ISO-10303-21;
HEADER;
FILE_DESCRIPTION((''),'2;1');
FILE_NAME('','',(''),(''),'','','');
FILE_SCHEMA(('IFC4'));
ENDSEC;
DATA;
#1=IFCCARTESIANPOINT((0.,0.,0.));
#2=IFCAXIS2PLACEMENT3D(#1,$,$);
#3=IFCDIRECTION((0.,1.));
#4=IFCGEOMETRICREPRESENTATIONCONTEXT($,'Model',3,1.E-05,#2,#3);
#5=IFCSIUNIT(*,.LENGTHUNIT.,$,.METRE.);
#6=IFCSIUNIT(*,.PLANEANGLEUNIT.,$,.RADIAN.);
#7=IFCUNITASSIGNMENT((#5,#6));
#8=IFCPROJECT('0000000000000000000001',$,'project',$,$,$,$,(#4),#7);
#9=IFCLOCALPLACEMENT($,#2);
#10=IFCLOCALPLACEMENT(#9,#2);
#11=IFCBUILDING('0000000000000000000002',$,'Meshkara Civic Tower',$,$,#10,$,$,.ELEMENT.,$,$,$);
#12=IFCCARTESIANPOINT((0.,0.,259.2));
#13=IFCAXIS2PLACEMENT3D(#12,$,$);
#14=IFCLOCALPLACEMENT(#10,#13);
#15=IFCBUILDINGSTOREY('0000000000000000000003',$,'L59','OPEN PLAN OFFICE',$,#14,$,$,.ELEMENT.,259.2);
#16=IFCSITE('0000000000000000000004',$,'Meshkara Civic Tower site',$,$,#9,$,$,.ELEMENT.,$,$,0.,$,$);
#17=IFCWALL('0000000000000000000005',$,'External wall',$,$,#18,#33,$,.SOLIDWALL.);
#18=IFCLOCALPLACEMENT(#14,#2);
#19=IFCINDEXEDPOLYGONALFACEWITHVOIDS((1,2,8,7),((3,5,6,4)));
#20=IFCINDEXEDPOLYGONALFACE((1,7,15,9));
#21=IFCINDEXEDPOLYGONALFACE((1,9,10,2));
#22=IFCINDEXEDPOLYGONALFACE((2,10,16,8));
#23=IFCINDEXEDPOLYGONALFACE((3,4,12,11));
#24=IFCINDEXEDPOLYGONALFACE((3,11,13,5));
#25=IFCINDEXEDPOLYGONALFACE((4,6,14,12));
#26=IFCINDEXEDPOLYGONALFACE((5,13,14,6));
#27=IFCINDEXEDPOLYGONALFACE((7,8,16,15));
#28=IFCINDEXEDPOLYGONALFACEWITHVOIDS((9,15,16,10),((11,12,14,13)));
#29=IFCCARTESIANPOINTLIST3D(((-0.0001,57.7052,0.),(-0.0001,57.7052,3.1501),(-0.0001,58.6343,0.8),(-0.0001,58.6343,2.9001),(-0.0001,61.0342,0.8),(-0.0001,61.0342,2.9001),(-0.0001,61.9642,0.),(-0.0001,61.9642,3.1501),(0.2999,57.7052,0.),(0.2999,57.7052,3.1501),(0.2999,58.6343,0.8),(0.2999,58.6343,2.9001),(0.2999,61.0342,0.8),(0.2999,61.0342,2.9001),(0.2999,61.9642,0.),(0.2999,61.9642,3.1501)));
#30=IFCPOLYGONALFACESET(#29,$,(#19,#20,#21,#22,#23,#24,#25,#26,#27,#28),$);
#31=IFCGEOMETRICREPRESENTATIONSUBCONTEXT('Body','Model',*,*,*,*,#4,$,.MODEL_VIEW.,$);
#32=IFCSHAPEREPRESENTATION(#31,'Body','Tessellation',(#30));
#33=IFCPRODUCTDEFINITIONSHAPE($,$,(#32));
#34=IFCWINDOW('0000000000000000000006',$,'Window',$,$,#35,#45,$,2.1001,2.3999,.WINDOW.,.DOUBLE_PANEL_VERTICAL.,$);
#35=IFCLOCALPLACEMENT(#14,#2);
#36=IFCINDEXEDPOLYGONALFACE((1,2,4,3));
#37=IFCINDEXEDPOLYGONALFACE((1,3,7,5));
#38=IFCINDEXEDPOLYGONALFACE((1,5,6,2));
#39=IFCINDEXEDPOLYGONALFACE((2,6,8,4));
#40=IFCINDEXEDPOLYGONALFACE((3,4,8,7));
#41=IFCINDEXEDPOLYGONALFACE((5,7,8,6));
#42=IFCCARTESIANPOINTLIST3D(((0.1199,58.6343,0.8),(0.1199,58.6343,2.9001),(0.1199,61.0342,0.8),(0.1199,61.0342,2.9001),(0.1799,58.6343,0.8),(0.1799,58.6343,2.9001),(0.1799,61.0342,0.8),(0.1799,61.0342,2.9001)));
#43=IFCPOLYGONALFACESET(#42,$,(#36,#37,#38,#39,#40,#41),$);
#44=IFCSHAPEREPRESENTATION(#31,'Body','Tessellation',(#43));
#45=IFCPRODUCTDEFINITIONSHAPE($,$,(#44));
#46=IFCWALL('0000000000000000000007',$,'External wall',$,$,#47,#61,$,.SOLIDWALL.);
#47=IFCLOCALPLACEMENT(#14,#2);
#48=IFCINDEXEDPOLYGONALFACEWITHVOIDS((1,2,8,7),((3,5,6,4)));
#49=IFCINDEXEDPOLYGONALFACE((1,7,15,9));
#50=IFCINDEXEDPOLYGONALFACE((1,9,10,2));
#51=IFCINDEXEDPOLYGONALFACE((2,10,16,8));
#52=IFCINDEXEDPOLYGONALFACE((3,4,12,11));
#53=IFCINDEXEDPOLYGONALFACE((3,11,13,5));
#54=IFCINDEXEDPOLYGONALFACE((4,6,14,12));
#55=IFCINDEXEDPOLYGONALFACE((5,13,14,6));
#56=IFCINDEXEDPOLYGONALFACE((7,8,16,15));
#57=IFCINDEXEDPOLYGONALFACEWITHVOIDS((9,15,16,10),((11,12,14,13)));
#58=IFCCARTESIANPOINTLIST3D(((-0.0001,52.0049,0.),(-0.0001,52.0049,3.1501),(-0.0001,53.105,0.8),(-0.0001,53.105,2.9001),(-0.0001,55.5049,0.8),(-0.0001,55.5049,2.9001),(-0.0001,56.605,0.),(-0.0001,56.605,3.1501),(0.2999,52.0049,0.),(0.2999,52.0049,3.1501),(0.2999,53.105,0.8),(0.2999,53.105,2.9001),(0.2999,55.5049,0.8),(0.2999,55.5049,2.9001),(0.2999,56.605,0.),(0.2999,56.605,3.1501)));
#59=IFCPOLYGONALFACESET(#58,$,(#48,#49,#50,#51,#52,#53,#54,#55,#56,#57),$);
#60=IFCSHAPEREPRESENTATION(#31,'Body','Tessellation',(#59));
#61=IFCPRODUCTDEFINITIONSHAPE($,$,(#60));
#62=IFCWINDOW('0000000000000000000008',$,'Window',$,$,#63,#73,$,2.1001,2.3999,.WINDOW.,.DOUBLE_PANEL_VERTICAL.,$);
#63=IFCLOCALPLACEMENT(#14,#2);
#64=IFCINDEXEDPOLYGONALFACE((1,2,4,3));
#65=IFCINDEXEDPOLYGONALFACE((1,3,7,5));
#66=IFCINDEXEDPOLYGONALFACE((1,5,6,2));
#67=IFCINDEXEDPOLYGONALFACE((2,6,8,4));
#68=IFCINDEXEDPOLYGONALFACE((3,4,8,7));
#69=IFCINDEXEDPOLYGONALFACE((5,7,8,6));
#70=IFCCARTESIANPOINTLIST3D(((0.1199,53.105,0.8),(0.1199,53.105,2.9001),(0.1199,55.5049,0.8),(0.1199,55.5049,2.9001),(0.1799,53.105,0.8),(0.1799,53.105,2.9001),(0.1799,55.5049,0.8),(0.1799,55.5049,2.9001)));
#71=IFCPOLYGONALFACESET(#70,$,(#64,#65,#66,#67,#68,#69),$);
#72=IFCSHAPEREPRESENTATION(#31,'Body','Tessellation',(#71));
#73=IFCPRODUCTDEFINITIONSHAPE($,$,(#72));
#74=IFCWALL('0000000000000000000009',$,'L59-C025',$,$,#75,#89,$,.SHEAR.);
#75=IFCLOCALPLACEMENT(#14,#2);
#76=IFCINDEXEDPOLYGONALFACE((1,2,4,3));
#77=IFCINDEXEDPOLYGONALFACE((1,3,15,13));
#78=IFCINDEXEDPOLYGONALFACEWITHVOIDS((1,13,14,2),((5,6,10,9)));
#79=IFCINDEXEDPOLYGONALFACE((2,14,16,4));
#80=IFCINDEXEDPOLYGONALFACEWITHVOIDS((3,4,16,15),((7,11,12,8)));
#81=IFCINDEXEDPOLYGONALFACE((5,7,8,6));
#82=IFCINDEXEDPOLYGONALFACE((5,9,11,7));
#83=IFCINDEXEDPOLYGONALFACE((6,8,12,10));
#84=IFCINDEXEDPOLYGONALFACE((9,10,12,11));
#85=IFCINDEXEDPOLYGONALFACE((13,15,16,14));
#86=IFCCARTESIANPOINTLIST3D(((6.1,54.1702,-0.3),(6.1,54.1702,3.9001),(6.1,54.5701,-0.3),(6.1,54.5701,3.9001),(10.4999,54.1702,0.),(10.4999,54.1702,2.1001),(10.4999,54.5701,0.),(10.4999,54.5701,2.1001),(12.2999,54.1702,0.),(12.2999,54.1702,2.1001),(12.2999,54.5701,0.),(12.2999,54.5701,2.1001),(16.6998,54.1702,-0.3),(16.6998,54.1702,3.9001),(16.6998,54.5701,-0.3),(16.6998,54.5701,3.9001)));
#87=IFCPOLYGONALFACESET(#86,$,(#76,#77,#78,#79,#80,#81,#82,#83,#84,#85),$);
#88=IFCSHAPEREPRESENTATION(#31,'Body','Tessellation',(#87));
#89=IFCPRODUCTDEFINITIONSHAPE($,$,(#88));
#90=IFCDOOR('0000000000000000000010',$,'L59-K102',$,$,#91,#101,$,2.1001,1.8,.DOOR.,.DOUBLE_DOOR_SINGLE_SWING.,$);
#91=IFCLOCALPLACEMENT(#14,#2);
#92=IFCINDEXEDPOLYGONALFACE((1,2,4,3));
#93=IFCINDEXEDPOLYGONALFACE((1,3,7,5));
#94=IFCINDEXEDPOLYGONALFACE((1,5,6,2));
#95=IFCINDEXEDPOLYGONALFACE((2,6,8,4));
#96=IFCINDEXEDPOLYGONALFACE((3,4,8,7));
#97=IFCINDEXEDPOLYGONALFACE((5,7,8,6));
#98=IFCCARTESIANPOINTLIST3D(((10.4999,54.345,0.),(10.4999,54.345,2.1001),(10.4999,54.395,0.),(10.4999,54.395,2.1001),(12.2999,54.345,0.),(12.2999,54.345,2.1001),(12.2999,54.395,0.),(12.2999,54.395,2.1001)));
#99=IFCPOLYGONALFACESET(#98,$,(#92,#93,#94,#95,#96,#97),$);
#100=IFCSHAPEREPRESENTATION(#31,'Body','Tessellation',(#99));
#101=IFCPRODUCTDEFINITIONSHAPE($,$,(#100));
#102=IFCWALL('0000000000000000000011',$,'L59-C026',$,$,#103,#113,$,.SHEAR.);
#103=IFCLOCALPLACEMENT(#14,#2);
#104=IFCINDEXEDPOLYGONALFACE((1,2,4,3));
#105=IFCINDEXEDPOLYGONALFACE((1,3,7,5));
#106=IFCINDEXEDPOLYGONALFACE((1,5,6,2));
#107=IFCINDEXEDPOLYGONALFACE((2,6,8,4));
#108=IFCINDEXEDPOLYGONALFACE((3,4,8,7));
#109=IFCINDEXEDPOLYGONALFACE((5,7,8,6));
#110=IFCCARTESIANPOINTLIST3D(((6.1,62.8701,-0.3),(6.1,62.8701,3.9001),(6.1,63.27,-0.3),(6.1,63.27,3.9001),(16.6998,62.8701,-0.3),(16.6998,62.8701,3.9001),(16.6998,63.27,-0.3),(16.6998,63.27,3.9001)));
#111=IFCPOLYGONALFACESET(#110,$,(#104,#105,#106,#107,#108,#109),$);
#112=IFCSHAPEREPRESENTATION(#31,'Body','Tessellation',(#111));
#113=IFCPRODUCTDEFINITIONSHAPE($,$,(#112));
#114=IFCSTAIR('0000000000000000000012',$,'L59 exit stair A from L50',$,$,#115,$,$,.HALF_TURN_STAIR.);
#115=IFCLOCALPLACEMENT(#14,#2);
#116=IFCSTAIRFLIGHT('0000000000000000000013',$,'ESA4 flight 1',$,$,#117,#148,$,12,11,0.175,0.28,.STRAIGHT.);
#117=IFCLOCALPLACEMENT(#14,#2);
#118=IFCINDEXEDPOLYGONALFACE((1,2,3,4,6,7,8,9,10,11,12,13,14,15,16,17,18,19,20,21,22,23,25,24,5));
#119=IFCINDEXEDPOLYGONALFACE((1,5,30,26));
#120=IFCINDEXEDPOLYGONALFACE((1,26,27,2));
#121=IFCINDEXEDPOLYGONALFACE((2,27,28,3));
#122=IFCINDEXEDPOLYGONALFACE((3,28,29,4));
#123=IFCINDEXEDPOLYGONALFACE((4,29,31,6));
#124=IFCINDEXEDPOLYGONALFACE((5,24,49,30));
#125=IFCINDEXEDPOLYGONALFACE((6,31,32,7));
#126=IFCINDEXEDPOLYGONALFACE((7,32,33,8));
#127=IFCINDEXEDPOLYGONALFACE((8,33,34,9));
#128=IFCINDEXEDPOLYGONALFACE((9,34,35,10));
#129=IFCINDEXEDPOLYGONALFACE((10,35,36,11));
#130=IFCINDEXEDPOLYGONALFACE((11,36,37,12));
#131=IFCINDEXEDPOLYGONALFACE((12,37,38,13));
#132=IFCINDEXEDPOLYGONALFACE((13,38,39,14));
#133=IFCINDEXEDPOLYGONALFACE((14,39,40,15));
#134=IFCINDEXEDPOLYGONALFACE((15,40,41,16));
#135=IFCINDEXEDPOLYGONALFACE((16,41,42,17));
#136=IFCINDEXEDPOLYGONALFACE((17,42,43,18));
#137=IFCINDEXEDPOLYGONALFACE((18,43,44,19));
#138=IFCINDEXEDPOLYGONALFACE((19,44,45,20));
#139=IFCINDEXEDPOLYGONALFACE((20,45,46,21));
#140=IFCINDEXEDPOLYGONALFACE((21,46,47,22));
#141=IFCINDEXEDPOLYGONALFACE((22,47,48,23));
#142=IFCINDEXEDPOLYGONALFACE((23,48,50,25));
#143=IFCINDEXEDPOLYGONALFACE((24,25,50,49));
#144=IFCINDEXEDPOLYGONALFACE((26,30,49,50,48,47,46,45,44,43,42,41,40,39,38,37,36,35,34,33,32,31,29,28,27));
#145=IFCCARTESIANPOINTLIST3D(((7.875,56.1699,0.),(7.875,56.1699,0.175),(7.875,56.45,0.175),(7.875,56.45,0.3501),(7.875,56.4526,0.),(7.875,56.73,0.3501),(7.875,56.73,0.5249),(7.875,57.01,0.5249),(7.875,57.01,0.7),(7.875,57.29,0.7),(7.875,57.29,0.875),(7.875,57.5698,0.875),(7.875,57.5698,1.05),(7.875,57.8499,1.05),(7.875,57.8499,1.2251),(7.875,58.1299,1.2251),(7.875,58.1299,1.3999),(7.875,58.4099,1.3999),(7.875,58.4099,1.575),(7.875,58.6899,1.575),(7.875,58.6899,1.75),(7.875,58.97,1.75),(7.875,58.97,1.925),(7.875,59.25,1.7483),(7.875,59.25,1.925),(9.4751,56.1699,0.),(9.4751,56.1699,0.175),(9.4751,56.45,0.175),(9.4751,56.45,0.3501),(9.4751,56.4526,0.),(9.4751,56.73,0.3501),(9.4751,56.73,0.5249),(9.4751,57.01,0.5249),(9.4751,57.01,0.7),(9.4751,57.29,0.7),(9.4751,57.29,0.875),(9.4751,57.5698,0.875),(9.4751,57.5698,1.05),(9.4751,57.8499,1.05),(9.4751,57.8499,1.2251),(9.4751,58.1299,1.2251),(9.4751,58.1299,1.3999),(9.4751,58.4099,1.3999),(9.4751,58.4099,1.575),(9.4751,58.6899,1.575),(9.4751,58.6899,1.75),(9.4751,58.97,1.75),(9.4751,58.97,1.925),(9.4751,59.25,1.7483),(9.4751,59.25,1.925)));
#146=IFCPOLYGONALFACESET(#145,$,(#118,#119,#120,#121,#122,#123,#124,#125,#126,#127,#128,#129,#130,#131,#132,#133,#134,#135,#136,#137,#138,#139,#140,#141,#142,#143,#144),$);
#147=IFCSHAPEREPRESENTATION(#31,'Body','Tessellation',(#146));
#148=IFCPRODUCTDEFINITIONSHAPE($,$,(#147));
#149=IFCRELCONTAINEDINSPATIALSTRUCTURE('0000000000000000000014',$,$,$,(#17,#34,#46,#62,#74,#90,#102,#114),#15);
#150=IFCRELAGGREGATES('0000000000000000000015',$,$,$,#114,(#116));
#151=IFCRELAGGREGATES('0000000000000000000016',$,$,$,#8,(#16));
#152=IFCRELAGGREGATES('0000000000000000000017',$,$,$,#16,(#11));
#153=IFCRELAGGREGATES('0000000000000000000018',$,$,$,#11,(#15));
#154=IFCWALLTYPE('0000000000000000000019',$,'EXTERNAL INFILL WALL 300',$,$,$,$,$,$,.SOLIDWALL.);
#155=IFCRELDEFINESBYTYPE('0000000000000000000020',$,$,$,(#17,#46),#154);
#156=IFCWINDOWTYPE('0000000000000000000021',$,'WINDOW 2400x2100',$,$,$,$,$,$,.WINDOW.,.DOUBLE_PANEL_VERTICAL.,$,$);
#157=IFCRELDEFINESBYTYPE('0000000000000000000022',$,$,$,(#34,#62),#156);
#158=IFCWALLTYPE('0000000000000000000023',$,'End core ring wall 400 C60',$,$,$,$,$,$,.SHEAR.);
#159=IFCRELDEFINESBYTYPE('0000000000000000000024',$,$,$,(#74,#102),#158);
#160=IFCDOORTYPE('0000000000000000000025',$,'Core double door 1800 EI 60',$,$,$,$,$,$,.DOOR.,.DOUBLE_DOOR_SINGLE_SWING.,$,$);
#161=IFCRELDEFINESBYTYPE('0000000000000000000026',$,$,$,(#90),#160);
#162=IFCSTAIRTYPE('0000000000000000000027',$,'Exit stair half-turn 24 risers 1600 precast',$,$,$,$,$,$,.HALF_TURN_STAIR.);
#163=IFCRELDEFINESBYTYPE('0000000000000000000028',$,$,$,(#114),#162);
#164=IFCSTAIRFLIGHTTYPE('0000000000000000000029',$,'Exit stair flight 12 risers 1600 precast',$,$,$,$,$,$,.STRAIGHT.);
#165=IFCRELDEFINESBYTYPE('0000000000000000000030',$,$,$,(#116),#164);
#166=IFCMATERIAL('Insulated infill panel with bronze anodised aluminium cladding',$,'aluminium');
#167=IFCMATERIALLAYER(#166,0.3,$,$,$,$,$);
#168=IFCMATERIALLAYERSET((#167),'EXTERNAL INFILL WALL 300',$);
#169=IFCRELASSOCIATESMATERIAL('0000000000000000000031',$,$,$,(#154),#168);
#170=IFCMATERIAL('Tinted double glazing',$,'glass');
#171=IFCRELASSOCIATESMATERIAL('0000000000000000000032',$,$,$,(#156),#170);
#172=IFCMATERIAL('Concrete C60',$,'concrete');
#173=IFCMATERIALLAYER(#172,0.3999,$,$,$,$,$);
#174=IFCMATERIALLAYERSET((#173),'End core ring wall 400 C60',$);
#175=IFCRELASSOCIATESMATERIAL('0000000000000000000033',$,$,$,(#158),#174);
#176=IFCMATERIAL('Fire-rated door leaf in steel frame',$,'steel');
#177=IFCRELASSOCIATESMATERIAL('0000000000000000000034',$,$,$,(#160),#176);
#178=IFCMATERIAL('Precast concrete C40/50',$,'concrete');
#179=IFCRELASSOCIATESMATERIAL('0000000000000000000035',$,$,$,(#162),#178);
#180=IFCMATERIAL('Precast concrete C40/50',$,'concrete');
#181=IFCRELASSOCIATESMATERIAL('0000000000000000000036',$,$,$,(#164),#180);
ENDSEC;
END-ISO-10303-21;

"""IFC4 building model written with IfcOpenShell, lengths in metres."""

from ifc_helpers import new_model, si_unit, direction, frame, frame_2d, origin, place, context, subcontext, project, spatial, polyline, rectangle, outline, extrude, material, layer, layer_set, type_object, element, fill, aggregate, save


model = new_model("IFC4")

# Units and contexts
model_context = context("Model", 3, precision=1e-05, world=origin(), true_north=direction((0.0, 1.0)))
body_context = subcontext(model_context, "Body", "Model", "MODEL_VIEW")
ifc_project = project(units=[si_unit("LENGTHUNIT", "METRE"), si_unit("PLANEANGLEUNIT", "RADIAN")], contexts=[model_context])

# Site, building, storey
site_placement = place(None, origin())
site = spatial("IfcSite", under=ifc_project, at=site_placement, Name="Meshkara Civic Tower site", CompositionType="ELEMENT", RefElevation=0.0)
building_placement = place(site_placement, origin())
building = spatial("IfcBuilding", under=site, at=building_placement, Name="Meshkara Civic Tower", CompositionType="ELEMENT")
storey_placement = place(building_placement, frame((0.0, 0.0, 259.2)))
storey = spatial("IfcBuildingStorey", under=building, at=storey_placement, Name="L59", Description="OPEN PLAN OFFICE", CompositionType="ELEMENT", Elevation=259.2)

# Walls, openings, windows
ifc_material_1 = material(Name="Insulated infill panel with bronze anodised aluminium cladding", Category="aluminium")
ifc_layer_1 = layer(ifc_material_1, 0.3)
ifc_layer_set_1 = layer_set([ifc_layer_1], Name="EXTERNAL INFILL WALL 300")
wall_type_1 = type_object("IfcWallType", Name="EXTERNAL INFILL WALL 300", PredefinedType="SOLIDWALL", material=ifc_layer_set_1)
ifc_material_2 = material(Name="Tinted double glazing", Category="glass")
window_type_1 = type_object("IfcWindowType", Name="WINDOW 2400x2100", PartitioningType="DOUBLE_PANEL_VERTICAL", PredefinedType="WINDOW", material=ifc_material_2)
wall_1_placement = place(storey_placement, frame((0.1499, 61.9641, 0.0), z_axis=(0.0, 0.0, 1.0), x_axis=(0.0, -1.0, 0.0)))
wall_1 = element("IfcWall", 1, at=wall_1_placement, inside=storey, type_object=wall_type_1, Name="External wall", PredefinedType="SOLIDWALL", context=body_context, shape_type="SweptSolid", body=[
    extrude(rectangle(XDim=4.259, YDim=0.3, at=frame_2d((2.1294, 0.0))), origin(), (0.0, 0.0, 1.0), 3.1501),
])
opening_1_placement = place(wall_1_placement, frame((0.9299, 0.0, 0.8)))
opening_1 = element("IfcOpeningElement", 2, at=opening_1_placement, cuts=wall_1, PredefinedType="OPENING", context=body_context, shape_type="SweptSolid", body=[
    extrude(rectangle(XDim=2.3999, YDim=2.1001, at=frame_2d((1.2, 1.05))), frame((0.0, 0.1599, 0.0), z_axis=(0.0, -1.0, 0.0), x_axis=(1.0, 0.0, 0.0)), (0.0, 0.0, 1.0), 0.3201),
])
window_1_placement = place(opening_1_placement, origin())
window_1 = element("IfcWindow", 3, at=window_1_placement, inside=storey, type_object=window_type_1, Name="Window", OverallHeight=2.1001, OverallWidth=2.3999, PartitioningType="DOUBLE_PANEL_VERTICAL", PredefinedType="WINDOW", context=body_context, shape_type="SweptSolid", body=[
    extrude(rectangle(XDim=2.3999, YDim=2.1001, at=frame_2d((1.2, 1.05))), frame((0.0, 0.03, 0.0), z_axis=(0.0, -1.0, 0.0), x_axis=(1.0, 0.0, 0.0)), (0.0, 0.0, 1.0), 0.0601),
])
fill(opening_1, window_1)
wall_2_placement = place(storey_placement, frame((0.1499, 56.605, 0.0), z_axis=(0.0, 0.0, 1.0), x_axis=(0.0, -1.0, 0.0)))
wall_2 = element("IfcWall", 4, at=wall_2_placement, inside=storey, type_object=wall_type_1, Name="External wall", PredefinedType="SOLIDWALL", context=body_context, shape_type="SweptSolid", body=[
    extrude(rectangle(XDim=4.6001, YDim=0.3, at=frame_2d((2.3, 0.0))), origin(), (0.0, 0.0, 1.0), 3.1501),
])
opening_2_placement = place(wall_2_placement, frame((1.1001, 0.0, 0.8)))
opening_2 = element("IfcOpeningElement", 5, at=opening_2_placement, cuts=wall_2, PredefinedType="OPENING", context=body_context, shape_type="SweptSolid", body=[
    extrude(rectangle(XDim=2.3999, YDim=2.1001, at=frame_2d((1.2, 1.05))), frame((0.0, 0.1599, 0.0), z_axis=(0.0, -1.0, 0.0), x_axis=(1.0, 0.0, 0.0)), (0.0, 0.0, 1.0), 0.3201),
])
window_2_placement = place(opening_2_placement, origin())
window_2 = element("IfcWindow", 6, at=window_2_placement, inside=storey, type_object=window_type_1, Name="Window", OverallHeight=2.1001, OverallWidth=2.3999, PartitioningType="DOUBLE_PANEL_VERTICAL", PredefinedType="WINDOW", context=body_context, shape_type="SweptSolid", body=[
    extrude(rectangle(XDim=2.3999, YDim=2.1001, at=frame_2d((1.2, 1.05))), frame((0.0, 0.03, 0.0), z_axis=(0.0, -1.0, 0.0), x_axis=(1.0, 0.0, 0.0)), (0.0, 0.0, 1.0), 0.0601),
])
fill(opening_2, window_2)

# Wall, opening, door
ifc_material_3 = material(Name="Concrete C60", Category="concrete")
ifc_layer_2 = layer(ifc_material_3, 0.3999)
ifc_layer_set_2 = layer_set([ifc_layer_2], Name="End core ring wall 400 C60")
wall_type_2 = type_object("IfcWallType", Name="End core ring wall 400 C60", PredefinedType="SHEAR", material=ifc_layer_set_2)
wall_3_placement = place(storey_placement, frame((6.1001, 54.3701, -0.3), z_axis=(0.0, 0.0, 1.0), x_axis=(1.0, 0.0, 0.0)))
wall_3 = element("IfcWall", 7, at=wall_3_placement, inside=storey, type_object=wall_type_2, Name="L59-C025", PredefinedType="SHEAR", context=body_context, shape_type="SweptSolid", body=[
    extrude(rectangle(XDim=10.5999, YDim=0.3999, at=frame_2d((5.2998, 0.0))), origin(), (0.0, 0.0, 1.0), 4.2002),
])
opening_3_placement = place(wall_3_placement, frame((4.3999, 0.0, 0.3)))
opening_3 = element("IfcOpeningElement", 8, at=opening_3_placement, cuts=wall_3, PredefinedType="OPENING", context=body_context, shape_type="SweptSolid", body=[
    extrude(rectangle(XDim=1.8, YDim=2.1001, at=frame_2d((0.8999, 1.05))), frame((0.0, 0.21, 0.0), z_axis=(0.0, -1.0, 0.0), x_axis=(1.0, 0.0, 0.0)), (0.0, 0.0, 1.0), 0.4199),
])
ifc_material_4 = material(Name="Fire-rated door leaf in steel frame", Category="steel")
door_type = type_object("IfcDoorType", Name="Core double door 1800 EI 60", OperationType="DOUBLE_DOOR_SINGLE_SWING", PredefinedType="DOOR", material=ifc_material_4)
door_placement = place(opening_3_placement, origin())
door = element("IfcDoor", 9, at=door_placement, inside=storey, type_object=door_type, Name="L59-K102", OperationType="DOUBLE_DOOR_SINGLE_SWING", OverallHeight=2.1001, OverallWidth=1.8, PredefinedType="DOOR", context=body_context, shape_type="SweptSolid", body=[
    extrude(rectangle(XDim=1.8, YDim=2.1001, at=frame_2d((0.8999, 1.05))), frame((0.0, 0.0249, 0.0), z_axis=(0.0, -1.0, 0.0), x_axis=(1.0, 0.0, 0.0)), (0.0, 0.0, 1.0), 0.05),
])
fill(opening_3, door)

# Wall
wall_4_placement = place(storey_placement, frame((6.1001, 63.0701, -0.3), z_axis=(0.0, 0.0, 1.0), x_axis=(1.0, 0.0, 0.0)))
element("IfcWall", 10, at=wall_4_placement, inside=storey, type_object=wall_type_2, Name="L59-C026", PredefinedType="SHEAR", context=body_context, shape_type="SweptSolid", body=[
    extrude(rectangle(XDim=10.5999, YDim=0.3999, at=frame_2d((5.2998, 0.0))), origin(), (0.0, 0.0, 1.0), 4.2002),
])

# Stair, stair flight
ifc_material_5 = material(Name="Precast concrete C40/50", Category="concrete")
stair_type = type_object("IfcStairType", Name="Exit stair half-turn 24 risers 1600 precast", PredefinedType="HALF_TURN_STAIR", material=ifc_material_5)
stair_placement = place(storey_placement, origin())
stair = element("IfcStair", 11, at=stair_placement, inside=storey, type_object=stair_type, Name="L59 exit stair A from L50", PredefinedType="HALF_TURN_STAIR")
ifc_material_6 = material(Name="Precast concrete C40/50", Category="concrete")
stair_flight_type = type_object("IfcStairFlightType", Name="Exit stair flight 12 risers 1600 precast", PredefinedType="STRAIGHT", material=ifc_material_6)
stair_flight_1_placement = place(storey_placement, frame((8.675, 56.1699, 0.0), z_axis=(0.0, 0.0, 1.0), x_axis=(0.0, 1.0, 0.0)))
stair_flight_1 = element("IfcStairFlight", 12, at=stair_flight_1_placement, type_object=stair_flight_type, Name="ESA4 flight 1", NumberOfRisers=12, NumberOfTreads=11, PredefinedType="STRAIGHT", RiserHeight=0.175, TreadLength=0.28, context=body_context, shape_type="SweptSolid", body=[
    extrude(outline(polyline([(0.0, 0.0), (0.0, 0.175), (0.28, 0.175), (0.28, 0.3501), (0.5601, 0.3501), (0.5601, 0.5249), (0.8401, 0.5249), (0.8401, 0.7), (1.1201, 0.7), (1.1201, 0.875), (1.3999, 0.875), (1.3999, 1.05), (1.6799, 1.05), (1.6799, 1.2251), (1.96, 1.2251), (1.96, 1.3999), (2.24, 1.3999), (2.24, 1.575), (2.52, 1.575), (2.52, 1.75), (2.8, 1.75), (2.8, 1.925), (3.0801, 1.925), (3.0801, 2.1001), (3.0801, 1.7483), (0.2827, 0.0), (0.0, 0.0)])), frame((0.0, 0.8, 0.0), z_axis=(0.0, -1.0, 0.0), x_axis=(1.0, 0.0, 0.0)), (0.0, 0.0, 1.0), 1.6001),
])
aggregate(stair, [stair_flight_1])

save(model, "model.ifc")
